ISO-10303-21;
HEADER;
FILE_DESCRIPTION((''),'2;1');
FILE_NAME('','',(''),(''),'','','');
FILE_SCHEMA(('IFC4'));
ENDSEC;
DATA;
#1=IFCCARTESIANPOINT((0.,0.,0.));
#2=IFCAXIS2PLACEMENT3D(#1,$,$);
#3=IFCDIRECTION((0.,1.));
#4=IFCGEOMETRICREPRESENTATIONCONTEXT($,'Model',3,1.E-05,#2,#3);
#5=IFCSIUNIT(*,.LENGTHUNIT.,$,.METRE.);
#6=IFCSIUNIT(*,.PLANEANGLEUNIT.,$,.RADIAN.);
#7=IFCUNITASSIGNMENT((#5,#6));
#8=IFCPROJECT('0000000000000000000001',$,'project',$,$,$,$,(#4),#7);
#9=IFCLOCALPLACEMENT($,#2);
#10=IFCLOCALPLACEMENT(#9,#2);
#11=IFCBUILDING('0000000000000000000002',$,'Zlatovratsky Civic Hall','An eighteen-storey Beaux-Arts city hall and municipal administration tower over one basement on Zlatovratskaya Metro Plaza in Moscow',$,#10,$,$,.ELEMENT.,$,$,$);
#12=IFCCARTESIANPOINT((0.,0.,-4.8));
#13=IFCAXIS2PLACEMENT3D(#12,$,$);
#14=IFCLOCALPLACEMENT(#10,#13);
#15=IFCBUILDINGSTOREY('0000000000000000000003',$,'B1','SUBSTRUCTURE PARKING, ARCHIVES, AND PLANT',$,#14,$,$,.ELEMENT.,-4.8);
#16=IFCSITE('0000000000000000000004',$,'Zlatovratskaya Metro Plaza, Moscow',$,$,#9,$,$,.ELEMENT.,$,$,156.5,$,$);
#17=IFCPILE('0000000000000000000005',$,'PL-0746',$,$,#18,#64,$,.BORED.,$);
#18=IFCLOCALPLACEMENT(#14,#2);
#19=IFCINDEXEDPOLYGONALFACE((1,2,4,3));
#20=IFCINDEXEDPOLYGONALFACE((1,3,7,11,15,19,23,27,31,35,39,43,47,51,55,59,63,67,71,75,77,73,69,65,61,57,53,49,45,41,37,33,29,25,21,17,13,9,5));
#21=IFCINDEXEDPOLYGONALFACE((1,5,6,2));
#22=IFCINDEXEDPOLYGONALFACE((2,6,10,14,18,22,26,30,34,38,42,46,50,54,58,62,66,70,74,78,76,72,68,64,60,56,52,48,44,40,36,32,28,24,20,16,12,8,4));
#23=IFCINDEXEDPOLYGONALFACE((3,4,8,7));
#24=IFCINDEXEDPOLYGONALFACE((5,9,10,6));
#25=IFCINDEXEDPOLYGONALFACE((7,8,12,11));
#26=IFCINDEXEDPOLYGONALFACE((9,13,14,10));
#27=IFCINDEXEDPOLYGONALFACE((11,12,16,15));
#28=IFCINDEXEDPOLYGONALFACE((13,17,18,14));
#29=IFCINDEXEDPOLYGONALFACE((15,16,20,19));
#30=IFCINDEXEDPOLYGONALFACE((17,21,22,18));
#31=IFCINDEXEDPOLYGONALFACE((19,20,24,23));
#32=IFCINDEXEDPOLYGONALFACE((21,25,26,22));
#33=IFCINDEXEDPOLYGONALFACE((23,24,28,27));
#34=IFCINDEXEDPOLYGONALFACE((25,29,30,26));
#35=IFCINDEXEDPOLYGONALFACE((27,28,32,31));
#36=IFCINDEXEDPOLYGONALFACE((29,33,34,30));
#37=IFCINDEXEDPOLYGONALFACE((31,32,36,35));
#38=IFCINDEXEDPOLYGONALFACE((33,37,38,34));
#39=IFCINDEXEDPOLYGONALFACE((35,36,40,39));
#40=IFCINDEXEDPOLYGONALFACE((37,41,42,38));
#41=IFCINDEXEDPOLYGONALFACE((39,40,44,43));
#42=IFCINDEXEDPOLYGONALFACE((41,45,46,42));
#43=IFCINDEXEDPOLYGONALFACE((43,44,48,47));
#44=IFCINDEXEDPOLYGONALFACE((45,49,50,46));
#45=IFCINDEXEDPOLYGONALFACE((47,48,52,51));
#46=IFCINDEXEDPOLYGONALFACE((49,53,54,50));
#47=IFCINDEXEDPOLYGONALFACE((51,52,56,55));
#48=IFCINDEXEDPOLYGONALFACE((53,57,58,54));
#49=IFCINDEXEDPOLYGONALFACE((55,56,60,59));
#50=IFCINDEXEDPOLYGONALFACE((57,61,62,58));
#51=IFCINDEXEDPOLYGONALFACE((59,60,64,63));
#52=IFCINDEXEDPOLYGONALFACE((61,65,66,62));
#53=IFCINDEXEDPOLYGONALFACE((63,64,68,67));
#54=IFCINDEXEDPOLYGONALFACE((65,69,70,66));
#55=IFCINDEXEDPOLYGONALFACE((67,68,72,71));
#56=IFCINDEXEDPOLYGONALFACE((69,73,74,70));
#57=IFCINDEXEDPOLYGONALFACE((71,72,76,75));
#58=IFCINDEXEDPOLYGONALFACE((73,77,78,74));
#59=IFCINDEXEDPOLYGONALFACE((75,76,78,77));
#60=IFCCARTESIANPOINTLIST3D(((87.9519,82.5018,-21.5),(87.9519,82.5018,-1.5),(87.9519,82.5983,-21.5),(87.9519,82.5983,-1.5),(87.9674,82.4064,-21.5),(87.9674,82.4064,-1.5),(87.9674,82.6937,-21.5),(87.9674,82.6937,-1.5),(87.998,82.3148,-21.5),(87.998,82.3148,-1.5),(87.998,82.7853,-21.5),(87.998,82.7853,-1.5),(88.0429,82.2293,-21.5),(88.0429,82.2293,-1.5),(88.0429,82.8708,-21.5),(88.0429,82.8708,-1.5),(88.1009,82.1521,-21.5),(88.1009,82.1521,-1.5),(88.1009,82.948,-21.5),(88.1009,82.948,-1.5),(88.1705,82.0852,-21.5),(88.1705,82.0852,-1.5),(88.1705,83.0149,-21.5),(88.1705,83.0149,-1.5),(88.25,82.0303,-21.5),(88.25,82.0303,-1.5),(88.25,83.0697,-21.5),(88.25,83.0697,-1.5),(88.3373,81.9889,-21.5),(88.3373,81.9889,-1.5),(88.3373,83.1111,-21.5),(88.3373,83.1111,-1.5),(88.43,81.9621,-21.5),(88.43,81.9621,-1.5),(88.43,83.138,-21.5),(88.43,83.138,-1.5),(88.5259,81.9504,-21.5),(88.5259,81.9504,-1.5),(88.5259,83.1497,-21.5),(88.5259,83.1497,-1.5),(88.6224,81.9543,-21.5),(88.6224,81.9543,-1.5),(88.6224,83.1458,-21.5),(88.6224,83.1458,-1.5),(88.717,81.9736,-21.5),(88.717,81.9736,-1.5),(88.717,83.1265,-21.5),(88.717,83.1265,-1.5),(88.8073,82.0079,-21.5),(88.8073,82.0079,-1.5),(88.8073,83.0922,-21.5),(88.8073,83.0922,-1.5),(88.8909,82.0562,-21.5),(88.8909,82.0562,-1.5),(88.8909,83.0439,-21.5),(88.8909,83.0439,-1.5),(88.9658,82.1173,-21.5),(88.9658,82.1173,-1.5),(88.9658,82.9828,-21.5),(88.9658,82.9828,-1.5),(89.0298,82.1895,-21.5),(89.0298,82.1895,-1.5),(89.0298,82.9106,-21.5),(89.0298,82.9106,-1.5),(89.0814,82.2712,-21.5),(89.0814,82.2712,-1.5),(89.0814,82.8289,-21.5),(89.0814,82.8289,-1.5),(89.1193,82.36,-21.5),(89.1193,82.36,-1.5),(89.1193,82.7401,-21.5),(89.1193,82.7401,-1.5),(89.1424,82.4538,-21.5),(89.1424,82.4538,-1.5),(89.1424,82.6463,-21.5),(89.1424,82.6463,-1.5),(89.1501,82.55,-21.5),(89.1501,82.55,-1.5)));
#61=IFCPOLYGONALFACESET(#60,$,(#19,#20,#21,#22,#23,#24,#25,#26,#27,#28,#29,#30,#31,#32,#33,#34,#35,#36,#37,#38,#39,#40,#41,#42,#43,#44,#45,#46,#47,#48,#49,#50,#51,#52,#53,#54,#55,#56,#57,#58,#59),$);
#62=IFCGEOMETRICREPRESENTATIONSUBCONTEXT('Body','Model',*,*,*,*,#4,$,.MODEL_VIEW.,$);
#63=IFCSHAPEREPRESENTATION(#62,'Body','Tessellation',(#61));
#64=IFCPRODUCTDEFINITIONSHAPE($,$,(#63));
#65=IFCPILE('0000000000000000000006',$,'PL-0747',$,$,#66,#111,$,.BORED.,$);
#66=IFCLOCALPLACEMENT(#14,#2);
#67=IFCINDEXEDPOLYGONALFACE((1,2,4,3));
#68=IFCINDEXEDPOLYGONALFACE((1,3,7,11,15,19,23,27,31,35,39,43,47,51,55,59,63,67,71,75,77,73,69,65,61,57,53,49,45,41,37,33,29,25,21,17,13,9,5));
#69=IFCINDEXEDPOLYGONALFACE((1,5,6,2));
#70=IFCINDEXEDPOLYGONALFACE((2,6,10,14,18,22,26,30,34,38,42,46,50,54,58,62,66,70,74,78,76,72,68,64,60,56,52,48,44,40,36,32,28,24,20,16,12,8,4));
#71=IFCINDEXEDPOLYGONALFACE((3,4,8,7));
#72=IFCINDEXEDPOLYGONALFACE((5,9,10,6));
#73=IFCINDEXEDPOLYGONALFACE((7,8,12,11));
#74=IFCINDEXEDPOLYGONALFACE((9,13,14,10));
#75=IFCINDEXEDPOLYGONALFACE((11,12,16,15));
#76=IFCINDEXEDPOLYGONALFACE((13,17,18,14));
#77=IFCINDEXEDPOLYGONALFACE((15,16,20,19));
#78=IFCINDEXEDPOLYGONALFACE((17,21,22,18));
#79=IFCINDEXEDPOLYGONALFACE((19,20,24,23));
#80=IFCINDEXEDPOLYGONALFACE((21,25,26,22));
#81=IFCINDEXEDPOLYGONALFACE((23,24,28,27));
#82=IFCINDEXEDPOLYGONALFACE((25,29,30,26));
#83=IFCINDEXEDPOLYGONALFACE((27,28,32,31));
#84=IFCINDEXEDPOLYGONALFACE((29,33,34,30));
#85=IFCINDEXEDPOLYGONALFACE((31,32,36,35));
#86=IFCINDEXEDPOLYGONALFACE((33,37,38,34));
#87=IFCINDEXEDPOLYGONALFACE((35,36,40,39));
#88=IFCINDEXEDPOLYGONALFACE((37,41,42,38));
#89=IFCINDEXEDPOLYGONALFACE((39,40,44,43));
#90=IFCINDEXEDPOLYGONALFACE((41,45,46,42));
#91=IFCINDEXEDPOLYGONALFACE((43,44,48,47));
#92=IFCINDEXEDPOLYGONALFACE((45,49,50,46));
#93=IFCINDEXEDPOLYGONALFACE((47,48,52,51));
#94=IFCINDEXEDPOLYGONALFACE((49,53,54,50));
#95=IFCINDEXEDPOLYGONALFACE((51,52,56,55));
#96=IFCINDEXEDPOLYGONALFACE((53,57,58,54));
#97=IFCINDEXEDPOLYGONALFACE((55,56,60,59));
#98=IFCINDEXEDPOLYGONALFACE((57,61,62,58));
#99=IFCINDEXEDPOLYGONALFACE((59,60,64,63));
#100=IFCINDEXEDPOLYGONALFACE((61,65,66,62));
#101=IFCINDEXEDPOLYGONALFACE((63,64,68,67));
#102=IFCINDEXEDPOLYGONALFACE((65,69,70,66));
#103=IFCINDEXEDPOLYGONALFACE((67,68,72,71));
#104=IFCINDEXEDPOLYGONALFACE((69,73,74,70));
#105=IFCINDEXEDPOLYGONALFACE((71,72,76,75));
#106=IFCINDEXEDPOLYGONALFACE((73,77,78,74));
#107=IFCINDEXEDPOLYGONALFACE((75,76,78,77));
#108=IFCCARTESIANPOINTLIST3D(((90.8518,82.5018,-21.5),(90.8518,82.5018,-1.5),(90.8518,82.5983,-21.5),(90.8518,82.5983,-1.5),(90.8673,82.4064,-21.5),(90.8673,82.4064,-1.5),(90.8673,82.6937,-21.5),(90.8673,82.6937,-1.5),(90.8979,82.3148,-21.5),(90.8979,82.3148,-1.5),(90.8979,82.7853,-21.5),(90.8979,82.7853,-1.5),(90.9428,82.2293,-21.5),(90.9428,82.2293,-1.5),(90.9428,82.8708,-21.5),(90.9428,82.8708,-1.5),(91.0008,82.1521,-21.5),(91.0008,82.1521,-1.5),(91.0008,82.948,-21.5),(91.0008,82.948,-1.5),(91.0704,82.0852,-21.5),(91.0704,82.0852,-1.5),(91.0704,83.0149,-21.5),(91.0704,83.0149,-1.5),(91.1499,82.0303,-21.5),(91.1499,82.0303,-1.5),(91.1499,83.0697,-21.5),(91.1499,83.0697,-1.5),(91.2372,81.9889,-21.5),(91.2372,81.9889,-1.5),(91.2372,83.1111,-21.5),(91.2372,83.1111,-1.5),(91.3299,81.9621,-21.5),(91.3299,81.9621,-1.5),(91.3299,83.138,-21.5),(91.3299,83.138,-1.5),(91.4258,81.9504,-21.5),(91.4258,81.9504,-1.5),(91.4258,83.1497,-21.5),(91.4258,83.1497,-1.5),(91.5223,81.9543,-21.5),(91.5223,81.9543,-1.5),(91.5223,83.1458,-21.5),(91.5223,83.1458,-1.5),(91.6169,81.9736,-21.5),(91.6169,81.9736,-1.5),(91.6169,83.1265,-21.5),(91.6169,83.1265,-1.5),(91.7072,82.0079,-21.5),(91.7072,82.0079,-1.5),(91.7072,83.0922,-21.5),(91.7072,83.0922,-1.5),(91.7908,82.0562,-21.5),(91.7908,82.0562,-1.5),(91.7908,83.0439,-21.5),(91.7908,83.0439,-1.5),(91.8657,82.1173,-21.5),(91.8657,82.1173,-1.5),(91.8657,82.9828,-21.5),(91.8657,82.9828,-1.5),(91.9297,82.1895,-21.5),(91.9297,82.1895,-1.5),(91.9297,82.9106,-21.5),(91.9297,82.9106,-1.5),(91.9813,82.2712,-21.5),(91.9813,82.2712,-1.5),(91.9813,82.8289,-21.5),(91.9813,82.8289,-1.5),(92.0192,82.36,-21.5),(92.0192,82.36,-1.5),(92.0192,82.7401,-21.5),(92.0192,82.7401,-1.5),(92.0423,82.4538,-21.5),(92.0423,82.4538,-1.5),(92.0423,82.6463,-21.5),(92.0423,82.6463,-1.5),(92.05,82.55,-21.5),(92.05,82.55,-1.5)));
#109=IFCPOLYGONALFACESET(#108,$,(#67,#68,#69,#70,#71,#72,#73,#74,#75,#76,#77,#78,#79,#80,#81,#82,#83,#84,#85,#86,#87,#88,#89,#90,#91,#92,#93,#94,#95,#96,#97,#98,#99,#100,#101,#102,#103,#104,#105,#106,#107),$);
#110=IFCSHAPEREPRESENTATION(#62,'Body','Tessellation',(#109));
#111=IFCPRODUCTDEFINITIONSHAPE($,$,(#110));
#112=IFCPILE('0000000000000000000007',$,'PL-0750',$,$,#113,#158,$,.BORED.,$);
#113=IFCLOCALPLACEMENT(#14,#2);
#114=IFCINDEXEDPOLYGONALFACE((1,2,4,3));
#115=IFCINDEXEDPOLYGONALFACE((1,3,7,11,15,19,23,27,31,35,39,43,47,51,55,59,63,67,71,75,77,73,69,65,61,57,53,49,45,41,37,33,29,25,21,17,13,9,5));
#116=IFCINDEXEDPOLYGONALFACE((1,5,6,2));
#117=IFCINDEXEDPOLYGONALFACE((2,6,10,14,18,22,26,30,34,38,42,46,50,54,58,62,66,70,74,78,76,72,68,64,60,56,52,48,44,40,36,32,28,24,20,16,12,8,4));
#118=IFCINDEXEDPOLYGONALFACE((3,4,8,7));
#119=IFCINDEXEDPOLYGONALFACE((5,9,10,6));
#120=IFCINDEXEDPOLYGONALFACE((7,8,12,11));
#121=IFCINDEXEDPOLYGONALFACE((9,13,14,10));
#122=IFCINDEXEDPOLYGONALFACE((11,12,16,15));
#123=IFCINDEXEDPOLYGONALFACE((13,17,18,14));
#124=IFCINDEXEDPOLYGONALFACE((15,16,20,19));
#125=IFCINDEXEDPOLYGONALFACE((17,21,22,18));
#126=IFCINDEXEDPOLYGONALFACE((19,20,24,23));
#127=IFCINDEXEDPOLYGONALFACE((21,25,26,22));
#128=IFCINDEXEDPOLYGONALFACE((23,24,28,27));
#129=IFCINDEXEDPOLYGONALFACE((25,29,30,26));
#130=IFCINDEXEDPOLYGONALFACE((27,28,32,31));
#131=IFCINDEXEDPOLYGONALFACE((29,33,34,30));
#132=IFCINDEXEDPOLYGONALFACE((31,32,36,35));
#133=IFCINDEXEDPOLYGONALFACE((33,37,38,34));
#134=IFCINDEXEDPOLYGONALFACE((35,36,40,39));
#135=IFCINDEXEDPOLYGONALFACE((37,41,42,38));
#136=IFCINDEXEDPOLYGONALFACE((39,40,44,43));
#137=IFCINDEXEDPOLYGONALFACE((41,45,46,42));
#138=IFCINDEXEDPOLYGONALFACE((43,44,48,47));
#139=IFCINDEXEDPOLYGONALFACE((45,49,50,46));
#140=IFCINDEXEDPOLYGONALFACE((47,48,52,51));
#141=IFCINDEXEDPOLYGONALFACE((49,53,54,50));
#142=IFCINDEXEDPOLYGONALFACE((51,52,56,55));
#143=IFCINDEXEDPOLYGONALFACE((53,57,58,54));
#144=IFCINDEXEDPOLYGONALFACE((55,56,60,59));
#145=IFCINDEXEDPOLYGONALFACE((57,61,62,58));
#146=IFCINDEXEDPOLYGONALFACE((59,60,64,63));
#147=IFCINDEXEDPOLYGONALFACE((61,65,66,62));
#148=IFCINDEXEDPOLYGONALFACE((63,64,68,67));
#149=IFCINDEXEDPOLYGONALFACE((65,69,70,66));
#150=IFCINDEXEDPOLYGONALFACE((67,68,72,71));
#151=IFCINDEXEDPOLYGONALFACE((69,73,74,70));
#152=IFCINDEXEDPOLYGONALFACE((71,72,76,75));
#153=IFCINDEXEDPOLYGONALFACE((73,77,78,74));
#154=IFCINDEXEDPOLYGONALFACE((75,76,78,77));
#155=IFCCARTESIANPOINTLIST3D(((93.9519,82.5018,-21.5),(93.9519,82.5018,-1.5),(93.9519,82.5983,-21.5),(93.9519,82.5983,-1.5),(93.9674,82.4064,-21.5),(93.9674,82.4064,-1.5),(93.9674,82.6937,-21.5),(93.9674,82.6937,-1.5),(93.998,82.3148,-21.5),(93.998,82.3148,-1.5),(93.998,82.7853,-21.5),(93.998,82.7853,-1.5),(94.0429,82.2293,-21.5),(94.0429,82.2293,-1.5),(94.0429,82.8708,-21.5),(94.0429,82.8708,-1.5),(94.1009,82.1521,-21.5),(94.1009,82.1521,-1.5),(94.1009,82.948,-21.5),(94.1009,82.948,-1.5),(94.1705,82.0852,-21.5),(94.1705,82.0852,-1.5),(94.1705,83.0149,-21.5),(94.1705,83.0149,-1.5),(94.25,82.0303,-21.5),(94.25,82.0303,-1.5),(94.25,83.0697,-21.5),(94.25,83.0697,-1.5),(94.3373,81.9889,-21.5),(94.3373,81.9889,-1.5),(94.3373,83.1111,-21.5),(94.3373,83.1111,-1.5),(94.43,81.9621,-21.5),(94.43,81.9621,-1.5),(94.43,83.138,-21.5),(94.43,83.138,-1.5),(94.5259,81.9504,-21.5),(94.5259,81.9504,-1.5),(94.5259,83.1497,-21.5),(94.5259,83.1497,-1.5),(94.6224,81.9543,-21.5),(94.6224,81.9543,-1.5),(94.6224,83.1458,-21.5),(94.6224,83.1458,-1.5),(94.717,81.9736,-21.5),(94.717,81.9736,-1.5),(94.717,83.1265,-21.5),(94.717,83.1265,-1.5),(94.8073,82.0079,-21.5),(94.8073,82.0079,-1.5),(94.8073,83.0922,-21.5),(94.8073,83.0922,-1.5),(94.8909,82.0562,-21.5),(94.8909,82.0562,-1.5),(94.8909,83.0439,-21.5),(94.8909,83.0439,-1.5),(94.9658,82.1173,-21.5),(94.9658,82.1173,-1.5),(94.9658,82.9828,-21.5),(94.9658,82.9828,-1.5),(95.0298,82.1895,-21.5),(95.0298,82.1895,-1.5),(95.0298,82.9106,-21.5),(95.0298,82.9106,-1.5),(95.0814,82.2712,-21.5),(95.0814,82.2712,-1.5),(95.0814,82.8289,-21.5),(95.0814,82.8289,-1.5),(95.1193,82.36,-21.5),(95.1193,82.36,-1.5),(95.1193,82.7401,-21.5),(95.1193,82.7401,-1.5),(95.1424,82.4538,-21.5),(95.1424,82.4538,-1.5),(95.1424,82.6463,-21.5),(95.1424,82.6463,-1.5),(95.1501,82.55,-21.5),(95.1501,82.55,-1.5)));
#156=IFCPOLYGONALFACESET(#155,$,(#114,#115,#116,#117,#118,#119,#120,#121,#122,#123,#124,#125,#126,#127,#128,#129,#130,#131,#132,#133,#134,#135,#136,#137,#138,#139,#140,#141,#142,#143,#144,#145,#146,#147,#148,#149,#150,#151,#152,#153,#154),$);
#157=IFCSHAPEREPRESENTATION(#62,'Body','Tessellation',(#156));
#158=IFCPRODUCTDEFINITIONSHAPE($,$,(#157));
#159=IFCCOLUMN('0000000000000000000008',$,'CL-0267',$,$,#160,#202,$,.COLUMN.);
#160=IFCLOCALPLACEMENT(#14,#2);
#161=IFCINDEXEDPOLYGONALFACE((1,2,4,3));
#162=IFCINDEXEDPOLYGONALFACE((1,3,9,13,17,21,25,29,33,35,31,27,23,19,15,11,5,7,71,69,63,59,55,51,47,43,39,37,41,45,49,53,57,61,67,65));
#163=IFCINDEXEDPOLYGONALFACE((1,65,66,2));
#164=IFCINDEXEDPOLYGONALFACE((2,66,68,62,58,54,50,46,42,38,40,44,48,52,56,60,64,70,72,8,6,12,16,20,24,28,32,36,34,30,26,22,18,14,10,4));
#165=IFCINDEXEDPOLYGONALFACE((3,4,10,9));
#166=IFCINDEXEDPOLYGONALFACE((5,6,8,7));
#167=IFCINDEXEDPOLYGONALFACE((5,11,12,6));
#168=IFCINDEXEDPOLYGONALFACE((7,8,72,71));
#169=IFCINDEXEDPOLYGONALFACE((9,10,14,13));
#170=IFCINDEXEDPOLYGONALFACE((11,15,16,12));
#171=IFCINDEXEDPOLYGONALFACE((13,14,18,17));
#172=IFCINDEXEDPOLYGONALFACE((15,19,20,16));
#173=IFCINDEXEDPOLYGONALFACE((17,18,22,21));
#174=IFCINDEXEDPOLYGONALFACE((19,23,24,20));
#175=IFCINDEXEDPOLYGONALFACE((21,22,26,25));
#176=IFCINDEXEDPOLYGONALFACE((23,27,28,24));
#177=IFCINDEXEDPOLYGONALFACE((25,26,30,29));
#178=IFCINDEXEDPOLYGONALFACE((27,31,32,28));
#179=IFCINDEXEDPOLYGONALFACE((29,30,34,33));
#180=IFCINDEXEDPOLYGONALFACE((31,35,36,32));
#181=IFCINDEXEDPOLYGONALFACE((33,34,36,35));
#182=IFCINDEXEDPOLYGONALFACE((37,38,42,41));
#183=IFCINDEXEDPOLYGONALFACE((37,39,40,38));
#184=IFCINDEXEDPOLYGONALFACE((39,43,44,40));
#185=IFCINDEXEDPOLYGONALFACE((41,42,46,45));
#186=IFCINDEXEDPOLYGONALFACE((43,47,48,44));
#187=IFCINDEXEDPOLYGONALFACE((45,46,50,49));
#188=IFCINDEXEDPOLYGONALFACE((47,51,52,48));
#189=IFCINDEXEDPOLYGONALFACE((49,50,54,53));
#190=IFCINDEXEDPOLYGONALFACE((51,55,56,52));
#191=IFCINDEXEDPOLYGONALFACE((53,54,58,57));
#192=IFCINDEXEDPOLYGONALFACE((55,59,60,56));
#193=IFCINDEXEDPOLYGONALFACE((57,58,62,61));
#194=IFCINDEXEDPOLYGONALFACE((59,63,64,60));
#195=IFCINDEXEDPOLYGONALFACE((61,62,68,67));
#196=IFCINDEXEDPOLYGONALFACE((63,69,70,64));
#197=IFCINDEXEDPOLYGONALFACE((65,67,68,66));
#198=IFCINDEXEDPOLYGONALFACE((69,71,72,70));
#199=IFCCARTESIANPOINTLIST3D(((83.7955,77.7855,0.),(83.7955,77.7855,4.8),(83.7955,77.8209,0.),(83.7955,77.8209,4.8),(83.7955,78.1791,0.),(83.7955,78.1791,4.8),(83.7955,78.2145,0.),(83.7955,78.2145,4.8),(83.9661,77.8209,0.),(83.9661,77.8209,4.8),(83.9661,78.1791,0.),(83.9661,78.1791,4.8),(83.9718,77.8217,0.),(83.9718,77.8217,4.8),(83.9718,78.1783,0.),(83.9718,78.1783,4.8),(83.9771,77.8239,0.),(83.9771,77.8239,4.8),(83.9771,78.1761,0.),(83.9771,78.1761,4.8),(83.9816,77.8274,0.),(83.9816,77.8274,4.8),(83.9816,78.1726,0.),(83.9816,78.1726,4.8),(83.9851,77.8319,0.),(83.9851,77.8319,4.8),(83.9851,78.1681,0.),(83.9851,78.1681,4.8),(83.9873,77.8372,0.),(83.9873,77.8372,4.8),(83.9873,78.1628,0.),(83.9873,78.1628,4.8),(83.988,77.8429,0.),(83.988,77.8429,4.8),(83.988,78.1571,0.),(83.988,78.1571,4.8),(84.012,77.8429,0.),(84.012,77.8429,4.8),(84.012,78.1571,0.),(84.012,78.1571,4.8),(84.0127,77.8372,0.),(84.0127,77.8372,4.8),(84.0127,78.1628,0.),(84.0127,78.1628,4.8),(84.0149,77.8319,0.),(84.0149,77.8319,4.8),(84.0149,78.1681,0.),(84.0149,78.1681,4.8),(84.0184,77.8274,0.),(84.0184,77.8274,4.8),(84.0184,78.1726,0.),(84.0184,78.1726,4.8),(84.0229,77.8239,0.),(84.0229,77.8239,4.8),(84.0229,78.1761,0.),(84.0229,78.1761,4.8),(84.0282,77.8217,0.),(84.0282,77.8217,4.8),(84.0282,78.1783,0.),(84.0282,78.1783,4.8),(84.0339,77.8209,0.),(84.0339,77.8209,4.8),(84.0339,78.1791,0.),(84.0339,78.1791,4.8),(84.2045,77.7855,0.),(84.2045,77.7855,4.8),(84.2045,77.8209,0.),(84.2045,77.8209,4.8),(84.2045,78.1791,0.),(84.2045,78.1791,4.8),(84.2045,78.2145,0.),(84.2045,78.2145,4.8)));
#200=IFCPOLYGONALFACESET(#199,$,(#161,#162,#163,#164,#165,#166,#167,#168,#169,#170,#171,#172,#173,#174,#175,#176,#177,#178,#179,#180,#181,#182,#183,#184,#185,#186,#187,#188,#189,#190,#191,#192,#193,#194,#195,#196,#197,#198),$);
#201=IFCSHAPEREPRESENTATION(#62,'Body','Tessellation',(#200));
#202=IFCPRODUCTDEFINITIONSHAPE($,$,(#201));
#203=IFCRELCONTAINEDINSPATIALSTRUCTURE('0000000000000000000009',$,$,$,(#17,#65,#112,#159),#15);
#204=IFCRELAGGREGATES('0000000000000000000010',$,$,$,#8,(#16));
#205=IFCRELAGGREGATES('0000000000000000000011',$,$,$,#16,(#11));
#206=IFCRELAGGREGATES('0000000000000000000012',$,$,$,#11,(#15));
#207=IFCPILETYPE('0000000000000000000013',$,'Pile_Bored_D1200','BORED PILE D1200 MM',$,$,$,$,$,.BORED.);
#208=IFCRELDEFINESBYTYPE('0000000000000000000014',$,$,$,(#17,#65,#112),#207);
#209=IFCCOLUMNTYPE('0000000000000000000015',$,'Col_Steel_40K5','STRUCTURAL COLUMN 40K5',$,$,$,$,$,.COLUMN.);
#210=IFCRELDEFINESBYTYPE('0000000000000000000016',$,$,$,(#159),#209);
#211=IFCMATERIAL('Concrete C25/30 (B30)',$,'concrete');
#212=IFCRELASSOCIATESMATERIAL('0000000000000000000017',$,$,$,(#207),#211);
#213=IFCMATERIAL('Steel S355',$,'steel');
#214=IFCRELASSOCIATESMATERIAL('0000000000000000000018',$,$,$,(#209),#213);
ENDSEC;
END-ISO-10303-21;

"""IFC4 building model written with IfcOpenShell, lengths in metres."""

from ifc_helpers import new_model, si_unit, direction, frame, origin, origin_2d, place, context, subcontext, project, spatial, circle, i_section, extrude, material, material_profile, profile_set, type_object, element, save


model = new_model("IFC4")

# Units and contexts
model_context = context("Model", 3, precision=1e-05, world=origin(), true_north=direction((0.0, 1.0)))
body_context = subcontext(model_context, "Body", "Model", "MODEL_VIEW")
ifc_project = project(units=[si_unit("LENGTHUNIT", "METRE"), si_unit("PLANEANGLEUNIT", "RADIAN")], contexts=[model_context])

# Site, building, storey
site_placement = place(None, origin())
site = spatial("IfcSite", under=ifc_project, at=site_placement, Name="Zlatovratskaya Metro Plaza, Moscow", CompositionType="ELEMENT", RefElevation=156.5)
building_placement = place(site_placement, origin())
building = spatial("IfcBuilding", under=site, at=building_placement, Name="Zlatovratsky Civic Hall", Description="An eighteen-storey Beaux-Arts city hall and municipal administration tower over one basement on Zlatovratskaya Metro Plaza in Moscow", CompositionType="ELEMENT")
storey_placement = place(building_placement, frame((0.0, 0.0, -4.8)))
storey = spatial("IfcBuildingStorey", under=building, at=storey_placement, Name="B1", Description="SUBSTRUCTURE PARKING, ARCHIVES, AND PLANT", CompositionType="ELEMENT", Elevation=-4.8)

# Shared definitions
ifc_material_1 = material(Name="Concrete C25/30 (B30)", Category="concrete")

# Piles
ifc_material_profile_1 = material_profile(ifc_material_1, circle(Radius=0.6001, at=origin_2d()), Name="PILE D1200")
ifc_profile_set_1 = profile_set([ifc_material_profile_1], Name="Concrete C25/30 (B30)")
pile_type = type_object("IfcPileType", Name="Pile_Bored_D1200", Description="BORED PILE D1200 MM", PredefinedType="BORED", material=ifc_profile_set_1)
for number, where, z_axis, x_axis, name in (
    (1, (88.55, 82.55, -1.5), (0.0, 0.0, -1.0), (1.0, 0.0, 0.0), "PL-0746"),
    (2, (91.45, 82.55, -1.5), (0.0, 0.0, -1.0), (1.0, 0.0, 0.0), "PL-0747"),
    (3, (94.55, 82.55, -1.5), (0.0, 0.0, -1.0), (1.0, 0.0, 0.0), "PL-0750"),
):
    element("IfcPile", number, at=place(storey_placement, frame(where, z_axis=z_axis, x_axis=x_axis)), inside=storey, type_object=pile_type, Name=name, PredefinedType="BORED", context=body_context, shape_type="SweptSolid", body=[
        extrude(circle(Radius=0.6001, at=origin_2d()), origin(), (0.0, 0.0, 1.0), 20.0),
    ])

# Column
ifc_material_2 = material(Name="Steel S355", Category="steel")
ifc_material_profile_2 = material_profile(ifc_material_2, i_section(OverallWidth=0.4089, OverallDepth=0.429, WebThickness=0.0239, FlangeThickness=0.0354, FilletRadius=0.022, at=origin_2d()), Name="40K5")
ifc_profile_set_2 = profile_set([ifc_material_profile_2], Name="Steel S355")
column_type = type_object("IfcColumnType", Name="Col_Steel_40K5", Description="STRUCTURAL COLUMN 40K5", PredefinedType="COLUMN", material=ifc_profile_set_2)
for number, where, z_axis, x_axis, name in (
    (4, (84.0, 78.0, 0.0), (0.0, 0.0, 1.0), (1.0, 0.0, 0.0), "CL-0267"),
):
    element("IfcColumn", number, at=place(storey_placement, frame(where, z_axis=z_axis, x_axis=x_axis)), inside=storey, type_object=column_type, Name=name, PredefinedType="COLUMN", context=body_context, shape_type="SweptSolid", body=[
        extrude(i_section(OverallWidth=0.4089, OverallDepth=0.429, WebThickness=0.0239, FlangeThickness=0.0354, FilletRadius=0.022, at=origin_2d()), origin(), (0.0, 0.0, 1.0), 4.8),
    ])

save(model, "model.ifc")
